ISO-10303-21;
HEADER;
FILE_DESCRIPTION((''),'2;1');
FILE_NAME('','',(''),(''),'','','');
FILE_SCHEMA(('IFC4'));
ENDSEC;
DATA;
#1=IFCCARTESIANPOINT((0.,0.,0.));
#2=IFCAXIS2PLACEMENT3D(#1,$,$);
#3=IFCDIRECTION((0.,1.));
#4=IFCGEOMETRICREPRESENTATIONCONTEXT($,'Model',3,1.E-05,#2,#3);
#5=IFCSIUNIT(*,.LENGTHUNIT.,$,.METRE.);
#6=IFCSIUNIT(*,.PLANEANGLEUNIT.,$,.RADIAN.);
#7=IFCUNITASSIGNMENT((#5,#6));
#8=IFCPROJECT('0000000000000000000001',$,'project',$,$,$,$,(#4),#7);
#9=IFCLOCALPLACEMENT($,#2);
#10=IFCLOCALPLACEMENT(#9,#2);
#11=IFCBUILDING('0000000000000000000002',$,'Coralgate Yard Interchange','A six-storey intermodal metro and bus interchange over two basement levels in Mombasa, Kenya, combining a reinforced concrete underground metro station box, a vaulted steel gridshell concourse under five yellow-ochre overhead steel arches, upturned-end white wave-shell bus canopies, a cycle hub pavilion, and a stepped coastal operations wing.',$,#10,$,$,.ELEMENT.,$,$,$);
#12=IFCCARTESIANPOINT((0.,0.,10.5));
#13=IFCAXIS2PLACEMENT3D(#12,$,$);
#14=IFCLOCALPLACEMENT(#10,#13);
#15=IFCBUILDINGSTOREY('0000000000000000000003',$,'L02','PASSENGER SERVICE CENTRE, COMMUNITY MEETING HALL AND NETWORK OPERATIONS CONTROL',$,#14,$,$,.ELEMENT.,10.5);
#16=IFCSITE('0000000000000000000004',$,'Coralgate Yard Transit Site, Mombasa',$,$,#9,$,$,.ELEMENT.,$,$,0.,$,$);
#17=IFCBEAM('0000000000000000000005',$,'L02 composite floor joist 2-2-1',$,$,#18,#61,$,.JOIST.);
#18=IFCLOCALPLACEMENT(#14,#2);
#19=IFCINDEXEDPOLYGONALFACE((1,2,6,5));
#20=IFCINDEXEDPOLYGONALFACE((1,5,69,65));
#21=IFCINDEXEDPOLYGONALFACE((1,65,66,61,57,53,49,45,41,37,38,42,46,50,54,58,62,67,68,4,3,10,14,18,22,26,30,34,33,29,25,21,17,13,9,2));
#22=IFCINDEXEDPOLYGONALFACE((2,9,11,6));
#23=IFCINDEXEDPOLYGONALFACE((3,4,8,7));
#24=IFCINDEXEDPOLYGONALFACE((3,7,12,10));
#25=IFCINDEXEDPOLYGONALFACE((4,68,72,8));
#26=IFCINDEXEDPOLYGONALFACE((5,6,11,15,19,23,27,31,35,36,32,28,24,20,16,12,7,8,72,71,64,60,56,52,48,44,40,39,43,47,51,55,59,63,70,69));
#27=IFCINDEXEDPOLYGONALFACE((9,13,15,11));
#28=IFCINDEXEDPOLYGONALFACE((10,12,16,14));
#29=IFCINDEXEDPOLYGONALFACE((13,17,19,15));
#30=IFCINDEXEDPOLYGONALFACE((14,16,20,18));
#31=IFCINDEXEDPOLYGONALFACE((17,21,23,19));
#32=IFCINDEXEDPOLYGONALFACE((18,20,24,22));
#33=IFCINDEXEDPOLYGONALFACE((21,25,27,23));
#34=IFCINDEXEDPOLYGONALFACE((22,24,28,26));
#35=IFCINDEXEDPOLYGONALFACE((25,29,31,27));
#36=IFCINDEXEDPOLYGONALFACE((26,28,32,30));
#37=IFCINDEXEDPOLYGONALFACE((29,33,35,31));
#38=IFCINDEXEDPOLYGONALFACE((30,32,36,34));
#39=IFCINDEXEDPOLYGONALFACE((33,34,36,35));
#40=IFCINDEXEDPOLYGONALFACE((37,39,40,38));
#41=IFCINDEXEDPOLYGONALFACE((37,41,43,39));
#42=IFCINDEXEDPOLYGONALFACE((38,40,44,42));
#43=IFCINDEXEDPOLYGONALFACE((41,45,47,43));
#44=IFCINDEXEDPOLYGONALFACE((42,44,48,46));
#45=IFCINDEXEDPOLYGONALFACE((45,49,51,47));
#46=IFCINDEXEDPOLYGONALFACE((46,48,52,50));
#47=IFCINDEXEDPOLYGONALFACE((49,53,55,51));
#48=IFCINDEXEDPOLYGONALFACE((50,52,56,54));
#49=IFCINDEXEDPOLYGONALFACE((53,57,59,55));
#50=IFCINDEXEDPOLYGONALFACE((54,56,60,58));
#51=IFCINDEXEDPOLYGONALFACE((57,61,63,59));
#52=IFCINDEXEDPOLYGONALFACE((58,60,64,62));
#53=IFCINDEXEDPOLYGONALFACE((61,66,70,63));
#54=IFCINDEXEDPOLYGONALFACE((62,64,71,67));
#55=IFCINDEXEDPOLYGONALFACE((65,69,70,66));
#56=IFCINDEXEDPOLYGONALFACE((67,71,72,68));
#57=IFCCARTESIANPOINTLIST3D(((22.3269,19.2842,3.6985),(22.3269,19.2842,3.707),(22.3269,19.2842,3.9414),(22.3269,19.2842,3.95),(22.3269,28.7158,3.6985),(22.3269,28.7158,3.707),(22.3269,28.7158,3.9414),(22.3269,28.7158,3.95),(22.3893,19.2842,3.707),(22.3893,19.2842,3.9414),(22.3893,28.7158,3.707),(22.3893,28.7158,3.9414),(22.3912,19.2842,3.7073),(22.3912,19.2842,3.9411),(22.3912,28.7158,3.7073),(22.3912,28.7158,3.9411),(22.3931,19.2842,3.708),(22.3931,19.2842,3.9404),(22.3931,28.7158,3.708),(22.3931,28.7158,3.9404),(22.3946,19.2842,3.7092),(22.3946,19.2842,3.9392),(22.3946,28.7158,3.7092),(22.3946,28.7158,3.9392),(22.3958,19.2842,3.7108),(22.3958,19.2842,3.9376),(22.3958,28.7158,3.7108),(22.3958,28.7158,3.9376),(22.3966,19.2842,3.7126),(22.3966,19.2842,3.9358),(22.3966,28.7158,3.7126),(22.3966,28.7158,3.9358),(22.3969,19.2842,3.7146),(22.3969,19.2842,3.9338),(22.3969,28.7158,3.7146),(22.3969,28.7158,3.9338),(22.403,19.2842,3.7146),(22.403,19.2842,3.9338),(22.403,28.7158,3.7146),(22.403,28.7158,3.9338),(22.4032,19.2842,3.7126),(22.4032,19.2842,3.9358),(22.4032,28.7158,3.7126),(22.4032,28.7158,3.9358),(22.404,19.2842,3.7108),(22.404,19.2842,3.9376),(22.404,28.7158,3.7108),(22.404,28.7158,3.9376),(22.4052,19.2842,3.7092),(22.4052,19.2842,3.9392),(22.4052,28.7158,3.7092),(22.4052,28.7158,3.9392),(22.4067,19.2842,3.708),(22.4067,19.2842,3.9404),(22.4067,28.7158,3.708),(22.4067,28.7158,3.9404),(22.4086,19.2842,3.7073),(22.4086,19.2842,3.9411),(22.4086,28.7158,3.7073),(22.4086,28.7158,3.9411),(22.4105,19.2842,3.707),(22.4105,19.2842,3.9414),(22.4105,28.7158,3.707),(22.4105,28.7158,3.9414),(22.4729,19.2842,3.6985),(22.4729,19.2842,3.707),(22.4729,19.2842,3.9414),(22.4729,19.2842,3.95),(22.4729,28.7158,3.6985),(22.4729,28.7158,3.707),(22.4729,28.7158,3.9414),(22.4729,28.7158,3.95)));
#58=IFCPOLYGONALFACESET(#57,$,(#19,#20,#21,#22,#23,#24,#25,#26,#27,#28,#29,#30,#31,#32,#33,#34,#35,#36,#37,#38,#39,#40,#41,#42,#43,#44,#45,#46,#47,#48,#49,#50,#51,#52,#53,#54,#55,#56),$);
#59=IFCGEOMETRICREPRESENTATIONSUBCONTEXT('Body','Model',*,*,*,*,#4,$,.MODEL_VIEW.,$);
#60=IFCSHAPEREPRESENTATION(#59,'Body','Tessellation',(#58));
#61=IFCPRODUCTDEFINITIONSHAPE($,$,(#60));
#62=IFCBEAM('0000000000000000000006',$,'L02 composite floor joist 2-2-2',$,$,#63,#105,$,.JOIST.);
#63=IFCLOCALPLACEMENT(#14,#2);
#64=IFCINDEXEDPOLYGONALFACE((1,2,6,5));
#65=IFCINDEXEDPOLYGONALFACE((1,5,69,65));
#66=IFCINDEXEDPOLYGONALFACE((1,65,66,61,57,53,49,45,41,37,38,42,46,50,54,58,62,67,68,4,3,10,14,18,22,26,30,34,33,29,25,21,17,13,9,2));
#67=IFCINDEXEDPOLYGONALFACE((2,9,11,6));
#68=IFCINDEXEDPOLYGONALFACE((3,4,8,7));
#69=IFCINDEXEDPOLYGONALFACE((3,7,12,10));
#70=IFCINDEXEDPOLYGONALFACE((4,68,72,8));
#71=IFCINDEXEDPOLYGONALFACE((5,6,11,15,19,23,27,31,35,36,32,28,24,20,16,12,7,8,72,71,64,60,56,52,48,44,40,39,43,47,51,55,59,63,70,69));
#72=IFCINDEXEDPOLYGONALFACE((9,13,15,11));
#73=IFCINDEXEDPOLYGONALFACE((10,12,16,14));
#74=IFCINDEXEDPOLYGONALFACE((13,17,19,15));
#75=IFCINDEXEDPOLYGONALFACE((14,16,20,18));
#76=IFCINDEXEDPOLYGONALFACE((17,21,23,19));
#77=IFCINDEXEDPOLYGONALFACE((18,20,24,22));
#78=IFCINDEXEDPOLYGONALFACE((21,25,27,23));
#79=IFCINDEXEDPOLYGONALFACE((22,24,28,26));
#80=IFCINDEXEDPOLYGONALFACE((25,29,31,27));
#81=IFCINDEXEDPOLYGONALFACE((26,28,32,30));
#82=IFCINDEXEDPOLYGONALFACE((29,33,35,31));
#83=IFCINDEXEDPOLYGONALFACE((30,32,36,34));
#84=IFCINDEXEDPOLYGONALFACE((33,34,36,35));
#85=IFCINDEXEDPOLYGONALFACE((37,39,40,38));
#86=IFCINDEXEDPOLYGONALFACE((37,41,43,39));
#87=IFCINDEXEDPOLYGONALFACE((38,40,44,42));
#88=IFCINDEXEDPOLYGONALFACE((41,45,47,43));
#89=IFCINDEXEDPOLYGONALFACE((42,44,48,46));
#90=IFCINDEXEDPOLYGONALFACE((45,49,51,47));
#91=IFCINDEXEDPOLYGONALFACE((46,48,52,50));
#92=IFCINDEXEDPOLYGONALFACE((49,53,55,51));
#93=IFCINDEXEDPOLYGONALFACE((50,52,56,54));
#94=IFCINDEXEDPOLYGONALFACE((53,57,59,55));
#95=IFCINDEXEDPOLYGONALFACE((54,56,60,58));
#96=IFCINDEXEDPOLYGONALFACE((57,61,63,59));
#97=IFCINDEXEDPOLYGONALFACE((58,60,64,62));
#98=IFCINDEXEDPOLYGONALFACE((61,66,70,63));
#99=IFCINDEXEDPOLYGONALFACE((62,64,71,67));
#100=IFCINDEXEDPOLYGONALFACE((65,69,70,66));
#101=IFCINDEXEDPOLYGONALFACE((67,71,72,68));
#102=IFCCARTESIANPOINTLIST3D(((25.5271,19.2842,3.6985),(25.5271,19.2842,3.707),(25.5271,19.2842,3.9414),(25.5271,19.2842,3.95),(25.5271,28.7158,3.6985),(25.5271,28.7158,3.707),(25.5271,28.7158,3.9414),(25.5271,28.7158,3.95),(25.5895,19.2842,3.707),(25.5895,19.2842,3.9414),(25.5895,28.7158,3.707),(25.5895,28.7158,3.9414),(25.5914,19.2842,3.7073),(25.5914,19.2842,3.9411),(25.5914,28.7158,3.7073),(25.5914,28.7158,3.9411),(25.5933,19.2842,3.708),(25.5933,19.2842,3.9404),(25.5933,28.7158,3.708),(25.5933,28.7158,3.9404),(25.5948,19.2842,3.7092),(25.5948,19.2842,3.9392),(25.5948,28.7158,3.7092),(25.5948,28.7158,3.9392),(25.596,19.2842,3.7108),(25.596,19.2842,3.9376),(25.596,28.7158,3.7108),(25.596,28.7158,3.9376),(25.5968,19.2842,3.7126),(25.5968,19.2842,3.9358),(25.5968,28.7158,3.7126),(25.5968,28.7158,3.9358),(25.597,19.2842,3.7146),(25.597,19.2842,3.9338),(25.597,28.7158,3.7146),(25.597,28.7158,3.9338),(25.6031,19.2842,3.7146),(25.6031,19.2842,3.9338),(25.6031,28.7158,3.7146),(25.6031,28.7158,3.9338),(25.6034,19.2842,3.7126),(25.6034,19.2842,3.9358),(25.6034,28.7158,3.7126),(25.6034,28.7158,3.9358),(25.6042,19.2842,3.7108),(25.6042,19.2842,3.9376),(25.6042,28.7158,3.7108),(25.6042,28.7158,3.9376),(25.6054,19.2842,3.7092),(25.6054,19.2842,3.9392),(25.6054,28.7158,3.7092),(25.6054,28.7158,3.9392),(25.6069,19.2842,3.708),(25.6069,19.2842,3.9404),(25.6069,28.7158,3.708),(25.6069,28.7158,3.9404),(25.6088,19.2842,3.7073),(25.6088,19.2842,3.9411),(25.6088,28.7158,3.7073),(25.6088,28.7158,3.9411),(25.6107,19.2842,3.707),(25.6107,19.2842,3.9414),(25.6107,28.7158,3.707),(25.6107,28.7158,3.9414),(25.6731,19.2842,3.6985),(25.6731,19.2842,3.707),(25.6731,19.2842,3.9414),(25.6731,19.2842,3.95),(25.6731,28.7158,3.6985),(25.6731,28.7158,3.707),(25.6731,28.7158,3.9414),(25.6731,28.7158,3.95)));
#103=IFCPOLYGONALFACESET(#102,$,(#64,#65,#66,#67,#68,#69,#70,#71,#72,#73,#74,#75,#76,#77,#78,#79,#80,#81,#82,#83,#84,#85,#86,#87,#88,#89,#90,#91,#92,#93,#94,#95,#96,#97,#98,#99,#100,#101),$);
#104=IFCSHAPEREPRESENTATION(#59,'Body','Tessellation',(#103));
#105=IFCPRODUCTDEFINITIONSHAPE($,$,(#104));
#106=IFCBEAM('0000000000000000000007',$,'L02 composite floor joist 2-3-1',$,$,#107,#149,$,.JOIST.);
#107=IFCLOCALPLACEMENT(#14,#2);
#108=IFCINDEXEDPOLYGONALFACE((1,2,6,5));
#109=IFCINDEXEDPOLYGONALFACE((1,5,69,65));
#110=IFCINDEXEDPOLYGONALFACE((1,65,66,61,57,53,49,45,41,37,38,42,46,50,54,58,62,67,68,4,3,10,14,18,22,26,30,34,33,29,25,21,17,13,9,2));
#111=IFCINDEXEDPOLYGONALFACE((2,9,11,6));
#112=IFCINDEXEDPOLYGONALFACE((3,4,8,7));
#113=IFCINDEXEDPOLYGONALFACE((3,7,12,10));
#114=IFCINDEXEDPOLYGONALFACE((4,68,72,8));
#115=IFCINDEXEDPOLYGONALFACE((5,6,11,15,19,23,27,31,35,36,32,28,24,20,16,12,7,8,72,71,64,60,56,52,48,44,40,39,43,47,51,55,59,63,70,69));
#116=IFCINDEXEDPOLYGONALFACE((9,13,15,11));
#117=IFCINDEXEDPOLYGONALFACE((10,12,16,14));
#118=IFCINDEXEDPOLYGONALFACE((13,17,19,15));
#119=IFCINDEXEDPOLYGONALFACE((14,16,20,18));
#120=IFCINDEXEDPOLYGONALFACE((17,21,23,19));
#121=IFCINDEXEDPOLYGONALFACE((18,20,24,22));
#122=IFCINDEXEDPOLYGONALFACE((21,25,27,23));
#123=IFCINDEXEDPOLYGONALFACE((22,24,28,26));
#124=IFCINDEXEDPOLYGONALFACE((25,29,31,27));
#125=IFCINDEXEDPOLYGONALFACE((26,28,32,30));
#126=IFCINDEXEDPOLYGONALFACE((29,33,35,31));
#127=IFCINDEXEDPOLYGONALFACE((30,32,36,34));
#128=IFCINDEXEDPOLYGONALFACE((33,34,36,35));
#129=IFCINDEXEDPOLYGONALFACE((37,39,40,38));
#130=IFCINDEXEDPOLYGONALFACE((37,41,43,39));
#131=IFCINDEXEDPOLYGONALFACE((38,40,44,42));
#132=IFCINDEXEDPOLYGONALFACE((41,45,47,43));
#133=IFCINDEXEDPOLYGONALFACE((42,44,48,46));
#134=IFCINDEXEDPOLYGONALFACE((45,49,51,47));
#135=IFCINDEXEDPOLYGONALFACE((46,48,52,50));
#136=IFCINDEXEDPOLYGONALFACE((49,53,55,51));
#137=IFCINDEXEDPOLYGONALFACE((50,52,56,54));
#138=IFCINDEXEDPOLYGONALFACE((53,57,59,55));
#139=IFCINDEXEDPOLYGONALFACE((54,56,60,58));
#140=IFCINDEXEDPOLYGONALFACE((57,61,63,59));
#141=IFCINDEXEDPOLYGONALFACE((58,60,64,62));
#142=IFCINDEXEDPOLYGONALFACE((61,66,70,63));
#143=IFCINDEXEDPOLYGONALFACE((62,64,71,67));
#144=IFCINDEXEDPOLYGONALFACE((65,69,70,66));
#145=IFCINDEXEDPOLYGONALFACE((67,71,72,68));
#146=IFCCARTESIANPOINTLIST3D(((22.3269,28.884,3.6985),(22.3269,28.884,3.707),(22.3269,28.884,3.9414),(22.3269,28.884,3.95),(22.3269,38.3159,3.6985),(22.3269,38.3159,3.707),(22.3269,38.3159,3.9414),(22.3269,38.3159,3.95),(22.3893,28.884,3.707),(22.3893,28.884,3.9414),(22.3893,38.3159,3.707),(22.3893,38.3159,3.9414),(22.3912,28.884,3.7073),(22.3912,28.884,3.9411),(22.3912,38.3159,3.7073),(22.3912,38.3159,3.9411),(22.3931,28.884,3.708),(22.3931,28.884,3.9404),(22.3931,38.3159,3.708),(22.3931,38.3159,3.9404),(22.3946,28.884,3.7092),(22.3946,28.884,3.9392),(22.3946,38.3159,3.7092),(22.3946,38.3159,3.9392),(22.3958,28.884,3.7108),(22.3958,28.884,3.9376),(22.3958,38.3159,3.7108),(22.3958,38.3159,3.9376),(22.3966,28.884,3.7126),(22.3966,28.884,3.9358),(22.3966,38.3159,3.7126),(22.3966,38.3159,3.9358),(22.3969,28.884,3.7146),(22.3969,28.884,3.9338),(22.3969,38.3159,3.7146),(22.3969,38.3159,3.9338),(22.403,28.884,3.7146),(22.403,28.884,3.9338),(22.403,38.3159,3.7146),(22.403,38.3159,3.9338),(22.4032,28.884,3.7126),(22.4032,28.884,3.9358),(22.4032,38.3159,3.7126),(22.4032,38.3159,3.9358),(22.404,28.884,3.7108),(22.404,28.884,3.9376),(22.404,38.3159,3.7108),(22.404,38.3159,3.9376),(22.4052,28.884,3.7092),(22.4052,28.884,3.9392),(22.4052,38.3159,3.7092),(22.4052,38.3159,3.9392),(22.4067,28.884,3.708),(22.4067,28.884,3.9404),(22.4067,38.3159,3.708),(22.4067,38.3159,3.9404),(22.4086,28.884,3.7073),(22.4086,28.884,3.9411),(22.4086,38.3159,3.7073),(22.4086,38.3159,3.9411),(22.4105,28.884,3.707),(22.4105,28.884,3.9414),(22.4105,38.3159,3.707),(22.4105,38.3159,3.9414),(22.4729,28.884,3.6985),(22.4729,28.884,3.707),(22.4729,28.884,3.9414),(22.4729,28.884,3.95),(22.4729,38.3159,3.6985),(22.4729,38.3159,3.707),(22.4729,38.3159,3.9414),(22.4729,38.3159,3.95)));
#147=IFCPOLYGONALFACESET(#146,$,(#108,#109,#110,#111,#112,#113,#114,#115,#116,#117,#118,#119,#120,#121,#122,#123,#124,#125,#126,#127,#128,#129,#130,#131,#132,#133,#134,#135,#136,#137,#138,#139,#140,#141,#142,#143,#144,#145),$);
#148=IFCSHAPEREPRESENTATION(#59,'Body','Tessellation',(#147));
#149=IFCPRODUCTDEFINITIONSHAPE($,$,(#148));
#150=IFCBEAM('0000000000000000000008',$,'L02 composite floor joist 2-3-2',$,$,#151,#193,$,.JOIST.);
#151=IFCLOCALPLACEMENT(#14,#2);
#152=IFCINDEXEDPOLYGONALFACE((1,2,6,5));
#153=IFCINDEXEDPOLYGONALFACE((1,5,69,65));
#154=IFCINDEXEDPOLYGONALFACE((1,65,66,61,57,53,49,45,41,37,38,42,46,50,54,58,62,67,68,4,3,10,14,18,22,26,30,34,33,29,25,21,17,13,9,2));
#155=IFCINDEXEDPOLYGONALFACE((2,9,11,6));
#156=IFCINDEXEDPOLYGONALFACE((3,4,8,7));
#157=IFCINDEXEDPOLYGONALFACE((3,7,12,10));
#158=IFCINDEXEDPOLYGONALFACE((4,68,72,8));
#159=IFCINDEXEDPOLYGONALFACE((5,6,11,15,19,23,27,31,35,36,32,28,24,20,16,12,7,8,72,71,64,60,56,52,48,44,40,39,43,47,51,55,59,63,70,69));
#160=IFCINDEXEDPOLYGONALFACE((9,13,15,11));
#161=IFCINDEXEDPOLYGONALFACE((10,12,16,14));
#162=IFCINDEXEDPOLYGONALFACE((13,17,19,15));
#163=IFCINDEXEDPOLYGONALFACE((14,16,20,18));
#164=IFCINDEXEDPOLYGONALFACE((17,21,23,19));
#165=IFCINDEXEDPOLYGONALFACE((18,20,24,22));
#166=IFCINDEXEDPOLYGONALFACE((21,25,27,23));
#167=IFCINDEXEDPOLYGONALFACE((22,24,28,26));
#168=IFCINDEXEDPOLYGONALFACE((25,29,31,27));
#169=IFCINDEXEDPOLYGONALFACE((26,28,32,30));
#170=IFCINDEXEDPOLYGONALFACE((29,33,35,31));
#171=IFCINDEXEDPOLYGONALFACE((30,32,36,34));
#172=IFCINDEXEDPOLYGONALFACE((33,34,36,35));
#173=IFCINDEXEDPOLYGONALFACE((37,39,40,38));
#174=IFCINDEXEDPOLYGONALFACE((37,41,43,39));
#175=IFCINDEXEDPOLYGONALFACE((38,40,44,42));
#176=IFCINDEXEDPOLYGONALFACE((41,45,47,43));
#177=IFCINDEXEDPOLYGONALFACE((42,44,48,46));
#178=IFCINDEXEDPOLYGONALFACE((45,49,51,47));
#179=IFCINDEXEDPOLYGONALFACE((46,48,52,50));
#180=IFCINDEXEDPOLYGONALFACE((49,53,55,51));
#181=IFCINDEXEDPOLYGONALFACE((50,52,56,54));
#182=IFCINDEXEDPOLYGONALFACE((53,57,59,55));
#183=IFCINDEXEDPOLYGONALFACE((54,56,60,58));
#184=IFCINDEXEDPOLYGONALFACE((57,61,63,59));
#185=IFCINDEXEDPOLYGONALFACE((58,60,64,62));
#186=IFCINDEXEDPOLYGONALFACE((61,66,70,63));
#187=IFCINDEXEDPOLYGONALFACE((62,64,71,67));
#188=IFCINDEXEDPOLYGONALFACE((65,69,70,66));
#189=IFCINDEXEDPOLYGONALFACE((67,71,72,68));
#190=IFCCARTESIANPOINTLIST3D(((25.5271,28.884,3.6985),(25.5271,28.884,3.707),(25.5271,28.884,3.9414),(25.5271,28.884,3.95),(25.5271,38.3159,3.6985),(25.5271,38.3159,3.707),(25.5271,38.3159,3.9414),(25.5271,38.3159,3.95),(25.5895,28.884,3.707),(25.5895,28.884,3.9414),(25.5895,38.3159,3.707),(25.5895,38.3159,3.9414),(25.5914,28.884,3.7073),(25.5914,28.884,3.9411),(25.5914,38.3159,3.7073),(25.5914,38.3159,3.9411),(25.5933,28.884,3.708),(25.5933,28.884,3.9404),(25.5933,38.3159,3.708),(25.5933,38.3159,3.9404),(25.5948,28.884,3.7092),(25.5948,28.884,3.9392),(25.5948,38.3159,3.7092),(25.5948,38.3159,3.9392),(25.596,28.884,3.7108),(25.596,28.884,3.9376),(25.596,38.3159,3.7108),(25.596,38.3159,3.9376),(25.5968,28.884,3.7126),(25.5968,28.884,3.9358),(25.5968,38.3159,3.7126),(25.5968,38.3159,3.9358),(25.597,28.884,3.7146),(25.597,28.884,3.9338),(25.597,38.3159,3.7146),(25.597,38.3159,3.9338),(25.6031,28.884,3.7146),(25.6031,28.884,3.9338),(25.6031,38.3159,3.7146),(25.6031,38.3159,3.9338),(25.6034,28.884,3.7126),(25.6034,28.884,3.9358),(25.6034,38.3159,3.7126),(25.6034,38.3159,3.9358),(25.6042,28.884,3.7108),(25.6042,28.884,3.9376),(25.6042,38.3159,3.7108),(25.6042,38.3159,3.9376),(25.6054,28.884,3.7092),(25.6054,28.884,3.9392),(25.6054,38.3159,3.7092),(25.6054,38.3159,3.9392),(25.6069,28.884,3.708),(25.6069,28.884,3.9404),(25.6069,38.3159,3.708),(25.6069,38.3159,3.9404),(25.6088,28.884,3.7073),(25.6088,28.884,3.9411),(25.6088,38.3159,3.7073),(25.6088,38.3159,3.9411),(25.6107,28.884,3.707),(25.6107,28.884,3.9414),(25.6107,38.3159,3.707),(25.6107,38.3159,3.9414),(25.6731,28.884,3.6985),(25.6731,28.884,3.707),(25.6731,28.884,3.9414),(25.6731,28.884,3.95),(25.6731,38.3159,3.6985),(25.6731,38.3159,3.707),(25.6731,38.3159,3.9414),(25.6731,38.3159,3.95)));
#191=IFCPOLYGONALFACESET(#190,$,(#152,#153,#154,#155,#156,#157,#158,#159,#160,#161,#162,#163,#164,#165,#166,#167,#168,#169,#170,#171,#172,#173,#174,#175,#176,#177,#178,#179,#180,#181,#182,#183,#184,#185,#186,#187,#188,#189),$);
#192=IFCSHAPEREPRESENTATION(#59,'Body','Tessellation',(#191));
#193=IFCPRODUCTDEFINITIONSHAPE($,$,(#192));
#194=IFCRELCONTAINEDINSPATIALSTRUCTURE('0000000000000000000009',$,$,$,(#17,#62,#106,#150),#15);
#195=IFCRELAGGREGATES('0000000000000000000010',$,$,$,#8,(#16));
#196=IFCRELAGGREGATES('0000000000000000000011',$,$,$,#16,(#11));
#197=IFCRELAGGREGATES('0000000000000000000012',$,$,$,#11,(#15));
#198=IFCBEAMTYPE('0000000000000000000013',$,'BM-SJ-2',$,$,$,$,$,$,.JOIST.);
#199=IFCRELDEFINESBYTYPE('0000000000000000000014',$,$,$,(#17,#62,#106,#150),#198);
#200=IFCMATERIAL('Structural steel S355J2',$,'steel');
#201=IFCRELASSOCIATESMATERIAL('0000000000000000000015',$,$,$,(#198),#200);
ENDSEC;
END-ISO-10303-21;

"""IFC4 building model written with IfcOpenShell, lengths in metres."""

from ifc_helpers import new_model, si_unit, direction, frame, origin, origin_2d, place, context, subcontext, project, spatial, i_section, extrude, material, material_profile, profile_set, type_object, element, save


model = new_model("IFC4")

# Units and contexts
model_context = context("Model", 3, precision=1e-05, world=origin(), true_north=direction((0.0, 1.0)))
body_context = subcontext(model_context, "Body", "Model", "MODEL_VIEW")
ifc_project = project(units=[si_unit("LENGTHUNIT", "METRE"), si_unit("PLANEANGLEUNIT", "RADIAN")], contexts=[model_context])

# Site, building, storey
site_placement = place(None, origin())
site = spatial("IfcSite", under=ifc_project, at=site_placement, Name="Coralgate Yard Transit Site, Mombasa", CompositionType="ELEMENT", RefElevation=0.0)
building_placement = place(site_placement, origin())
building = spatial("IfcBuilding", under=site, at=building_placement, Name="Coralgate Yard Interchange", Description="A six-storey intermodal metro and bus interchange over two basement levels in Mombasa, Kenya, combining a reinforced concrete underground metro station box, a vaulted steel gridshell concourse under five yellow-ochre overhead steel arches, upturned-end white wave-shell bus canopies, a cycle hub pavilion, and a stepped coastal operations wing.", CompositionType="ELEMENT")
storey_placement = place(building_placement, frame((0.0, 0.0, 10.5)))
storey = spatial("IfcBuildingStorey", under=building, at=storey_placement, Name="L02", Description="PASSENGER SERVICE CENTRE, COMMUNITY MEETING HALL AND NETWORK OPERATIONS CONTROL", CompositionType="ELEMENT", Elevation=10.5)

# Shared definitions
ifc_material_1 = material(Name="Structural steel S355J2", Category="steel")

# Beams
ifc_material_profile_1 = material_profile(ifc_material_1, i_section(OverallWidth=0.146, OverallDepth=0.2515, WebThickness=0.0061, FlangeThickness=0.0085, FilletRadius=0.0076, at=origin_2d()), Name="UB 254x146x31")
ifc_profile_set_1 = profile_set([ifc_material_profile_1], Name="Structural steel S355J2")
beam_type_1 = type_object("IfcBeamType", Name="BM-SJ-2", PredefinedType="JOIST", material=ifc_profile_set_1)
for number, where, z_axis, x_axis, name in (
    (1, (22.3999, 19.2842, 3.8242), (0.0, 1.0, 0.0), (-1.0, 0.0, 0.0), "L02 composite floor joist 2-2-1"),
    (2, (25.6001, 19.2842, 3.8242), (0.0, 1.0, 0.0), (-1.0, 0.0, 0.0), "L02 composite floor joist 2-2-2"),
):
    element("IfcBeam", number, at=place(storey_placement, frame(where, z_axis=z_axis, x_axis=x_axis)), inside=storey, type_object=beam_type_1, Name=name, PredefinedType="JOIST", context=body_context, shape_type="SweptSolid", body=[
        extrude(i_section(OverallWidth=0.146, OverallDepth=0.2515, WebThickness=0.0061, FlangeThickness=0.0085, FilletRadius=0.0076, at=origin_2d()), origin(), (0.0, 0.0, 1.0), 9.4316),
    ])
for number, where, z_axis, x_axis, name in (
    (3, (22.3999, 28.884, 3.8242), (0.0, 1.0, 0.0), (-1.0, 0.0, 0.0), "L02 composite floor joist 2-3-1"),
    (4, (25.6001, 28.884, 3.8242), (0.0, 1.0, 0.0), (-1.0, 0.0, 0.0), "L02 composite floor joist 2-3-2"),
):
    element("IfcBeam", number, at=place(storey_placement, frame(where, z_axis=z_axis, x_axis=x_axis)), inside=storey, type_object=beam_type_1, Name=name, PredefinedType="JOIST", context=body_context, shape_type="SweptSolid", body=[
        extrude(i_section(OverallWidth=0.146, OverallDepth=0.2515, WebThickness=0.0061, FlangeThickness=0.0085, FilletRadius=0.0076, at=origin_2d()), origin(), (0.0, 0.0, 1.0), 9.4319),
    ])

save(model, "model.ifc")
